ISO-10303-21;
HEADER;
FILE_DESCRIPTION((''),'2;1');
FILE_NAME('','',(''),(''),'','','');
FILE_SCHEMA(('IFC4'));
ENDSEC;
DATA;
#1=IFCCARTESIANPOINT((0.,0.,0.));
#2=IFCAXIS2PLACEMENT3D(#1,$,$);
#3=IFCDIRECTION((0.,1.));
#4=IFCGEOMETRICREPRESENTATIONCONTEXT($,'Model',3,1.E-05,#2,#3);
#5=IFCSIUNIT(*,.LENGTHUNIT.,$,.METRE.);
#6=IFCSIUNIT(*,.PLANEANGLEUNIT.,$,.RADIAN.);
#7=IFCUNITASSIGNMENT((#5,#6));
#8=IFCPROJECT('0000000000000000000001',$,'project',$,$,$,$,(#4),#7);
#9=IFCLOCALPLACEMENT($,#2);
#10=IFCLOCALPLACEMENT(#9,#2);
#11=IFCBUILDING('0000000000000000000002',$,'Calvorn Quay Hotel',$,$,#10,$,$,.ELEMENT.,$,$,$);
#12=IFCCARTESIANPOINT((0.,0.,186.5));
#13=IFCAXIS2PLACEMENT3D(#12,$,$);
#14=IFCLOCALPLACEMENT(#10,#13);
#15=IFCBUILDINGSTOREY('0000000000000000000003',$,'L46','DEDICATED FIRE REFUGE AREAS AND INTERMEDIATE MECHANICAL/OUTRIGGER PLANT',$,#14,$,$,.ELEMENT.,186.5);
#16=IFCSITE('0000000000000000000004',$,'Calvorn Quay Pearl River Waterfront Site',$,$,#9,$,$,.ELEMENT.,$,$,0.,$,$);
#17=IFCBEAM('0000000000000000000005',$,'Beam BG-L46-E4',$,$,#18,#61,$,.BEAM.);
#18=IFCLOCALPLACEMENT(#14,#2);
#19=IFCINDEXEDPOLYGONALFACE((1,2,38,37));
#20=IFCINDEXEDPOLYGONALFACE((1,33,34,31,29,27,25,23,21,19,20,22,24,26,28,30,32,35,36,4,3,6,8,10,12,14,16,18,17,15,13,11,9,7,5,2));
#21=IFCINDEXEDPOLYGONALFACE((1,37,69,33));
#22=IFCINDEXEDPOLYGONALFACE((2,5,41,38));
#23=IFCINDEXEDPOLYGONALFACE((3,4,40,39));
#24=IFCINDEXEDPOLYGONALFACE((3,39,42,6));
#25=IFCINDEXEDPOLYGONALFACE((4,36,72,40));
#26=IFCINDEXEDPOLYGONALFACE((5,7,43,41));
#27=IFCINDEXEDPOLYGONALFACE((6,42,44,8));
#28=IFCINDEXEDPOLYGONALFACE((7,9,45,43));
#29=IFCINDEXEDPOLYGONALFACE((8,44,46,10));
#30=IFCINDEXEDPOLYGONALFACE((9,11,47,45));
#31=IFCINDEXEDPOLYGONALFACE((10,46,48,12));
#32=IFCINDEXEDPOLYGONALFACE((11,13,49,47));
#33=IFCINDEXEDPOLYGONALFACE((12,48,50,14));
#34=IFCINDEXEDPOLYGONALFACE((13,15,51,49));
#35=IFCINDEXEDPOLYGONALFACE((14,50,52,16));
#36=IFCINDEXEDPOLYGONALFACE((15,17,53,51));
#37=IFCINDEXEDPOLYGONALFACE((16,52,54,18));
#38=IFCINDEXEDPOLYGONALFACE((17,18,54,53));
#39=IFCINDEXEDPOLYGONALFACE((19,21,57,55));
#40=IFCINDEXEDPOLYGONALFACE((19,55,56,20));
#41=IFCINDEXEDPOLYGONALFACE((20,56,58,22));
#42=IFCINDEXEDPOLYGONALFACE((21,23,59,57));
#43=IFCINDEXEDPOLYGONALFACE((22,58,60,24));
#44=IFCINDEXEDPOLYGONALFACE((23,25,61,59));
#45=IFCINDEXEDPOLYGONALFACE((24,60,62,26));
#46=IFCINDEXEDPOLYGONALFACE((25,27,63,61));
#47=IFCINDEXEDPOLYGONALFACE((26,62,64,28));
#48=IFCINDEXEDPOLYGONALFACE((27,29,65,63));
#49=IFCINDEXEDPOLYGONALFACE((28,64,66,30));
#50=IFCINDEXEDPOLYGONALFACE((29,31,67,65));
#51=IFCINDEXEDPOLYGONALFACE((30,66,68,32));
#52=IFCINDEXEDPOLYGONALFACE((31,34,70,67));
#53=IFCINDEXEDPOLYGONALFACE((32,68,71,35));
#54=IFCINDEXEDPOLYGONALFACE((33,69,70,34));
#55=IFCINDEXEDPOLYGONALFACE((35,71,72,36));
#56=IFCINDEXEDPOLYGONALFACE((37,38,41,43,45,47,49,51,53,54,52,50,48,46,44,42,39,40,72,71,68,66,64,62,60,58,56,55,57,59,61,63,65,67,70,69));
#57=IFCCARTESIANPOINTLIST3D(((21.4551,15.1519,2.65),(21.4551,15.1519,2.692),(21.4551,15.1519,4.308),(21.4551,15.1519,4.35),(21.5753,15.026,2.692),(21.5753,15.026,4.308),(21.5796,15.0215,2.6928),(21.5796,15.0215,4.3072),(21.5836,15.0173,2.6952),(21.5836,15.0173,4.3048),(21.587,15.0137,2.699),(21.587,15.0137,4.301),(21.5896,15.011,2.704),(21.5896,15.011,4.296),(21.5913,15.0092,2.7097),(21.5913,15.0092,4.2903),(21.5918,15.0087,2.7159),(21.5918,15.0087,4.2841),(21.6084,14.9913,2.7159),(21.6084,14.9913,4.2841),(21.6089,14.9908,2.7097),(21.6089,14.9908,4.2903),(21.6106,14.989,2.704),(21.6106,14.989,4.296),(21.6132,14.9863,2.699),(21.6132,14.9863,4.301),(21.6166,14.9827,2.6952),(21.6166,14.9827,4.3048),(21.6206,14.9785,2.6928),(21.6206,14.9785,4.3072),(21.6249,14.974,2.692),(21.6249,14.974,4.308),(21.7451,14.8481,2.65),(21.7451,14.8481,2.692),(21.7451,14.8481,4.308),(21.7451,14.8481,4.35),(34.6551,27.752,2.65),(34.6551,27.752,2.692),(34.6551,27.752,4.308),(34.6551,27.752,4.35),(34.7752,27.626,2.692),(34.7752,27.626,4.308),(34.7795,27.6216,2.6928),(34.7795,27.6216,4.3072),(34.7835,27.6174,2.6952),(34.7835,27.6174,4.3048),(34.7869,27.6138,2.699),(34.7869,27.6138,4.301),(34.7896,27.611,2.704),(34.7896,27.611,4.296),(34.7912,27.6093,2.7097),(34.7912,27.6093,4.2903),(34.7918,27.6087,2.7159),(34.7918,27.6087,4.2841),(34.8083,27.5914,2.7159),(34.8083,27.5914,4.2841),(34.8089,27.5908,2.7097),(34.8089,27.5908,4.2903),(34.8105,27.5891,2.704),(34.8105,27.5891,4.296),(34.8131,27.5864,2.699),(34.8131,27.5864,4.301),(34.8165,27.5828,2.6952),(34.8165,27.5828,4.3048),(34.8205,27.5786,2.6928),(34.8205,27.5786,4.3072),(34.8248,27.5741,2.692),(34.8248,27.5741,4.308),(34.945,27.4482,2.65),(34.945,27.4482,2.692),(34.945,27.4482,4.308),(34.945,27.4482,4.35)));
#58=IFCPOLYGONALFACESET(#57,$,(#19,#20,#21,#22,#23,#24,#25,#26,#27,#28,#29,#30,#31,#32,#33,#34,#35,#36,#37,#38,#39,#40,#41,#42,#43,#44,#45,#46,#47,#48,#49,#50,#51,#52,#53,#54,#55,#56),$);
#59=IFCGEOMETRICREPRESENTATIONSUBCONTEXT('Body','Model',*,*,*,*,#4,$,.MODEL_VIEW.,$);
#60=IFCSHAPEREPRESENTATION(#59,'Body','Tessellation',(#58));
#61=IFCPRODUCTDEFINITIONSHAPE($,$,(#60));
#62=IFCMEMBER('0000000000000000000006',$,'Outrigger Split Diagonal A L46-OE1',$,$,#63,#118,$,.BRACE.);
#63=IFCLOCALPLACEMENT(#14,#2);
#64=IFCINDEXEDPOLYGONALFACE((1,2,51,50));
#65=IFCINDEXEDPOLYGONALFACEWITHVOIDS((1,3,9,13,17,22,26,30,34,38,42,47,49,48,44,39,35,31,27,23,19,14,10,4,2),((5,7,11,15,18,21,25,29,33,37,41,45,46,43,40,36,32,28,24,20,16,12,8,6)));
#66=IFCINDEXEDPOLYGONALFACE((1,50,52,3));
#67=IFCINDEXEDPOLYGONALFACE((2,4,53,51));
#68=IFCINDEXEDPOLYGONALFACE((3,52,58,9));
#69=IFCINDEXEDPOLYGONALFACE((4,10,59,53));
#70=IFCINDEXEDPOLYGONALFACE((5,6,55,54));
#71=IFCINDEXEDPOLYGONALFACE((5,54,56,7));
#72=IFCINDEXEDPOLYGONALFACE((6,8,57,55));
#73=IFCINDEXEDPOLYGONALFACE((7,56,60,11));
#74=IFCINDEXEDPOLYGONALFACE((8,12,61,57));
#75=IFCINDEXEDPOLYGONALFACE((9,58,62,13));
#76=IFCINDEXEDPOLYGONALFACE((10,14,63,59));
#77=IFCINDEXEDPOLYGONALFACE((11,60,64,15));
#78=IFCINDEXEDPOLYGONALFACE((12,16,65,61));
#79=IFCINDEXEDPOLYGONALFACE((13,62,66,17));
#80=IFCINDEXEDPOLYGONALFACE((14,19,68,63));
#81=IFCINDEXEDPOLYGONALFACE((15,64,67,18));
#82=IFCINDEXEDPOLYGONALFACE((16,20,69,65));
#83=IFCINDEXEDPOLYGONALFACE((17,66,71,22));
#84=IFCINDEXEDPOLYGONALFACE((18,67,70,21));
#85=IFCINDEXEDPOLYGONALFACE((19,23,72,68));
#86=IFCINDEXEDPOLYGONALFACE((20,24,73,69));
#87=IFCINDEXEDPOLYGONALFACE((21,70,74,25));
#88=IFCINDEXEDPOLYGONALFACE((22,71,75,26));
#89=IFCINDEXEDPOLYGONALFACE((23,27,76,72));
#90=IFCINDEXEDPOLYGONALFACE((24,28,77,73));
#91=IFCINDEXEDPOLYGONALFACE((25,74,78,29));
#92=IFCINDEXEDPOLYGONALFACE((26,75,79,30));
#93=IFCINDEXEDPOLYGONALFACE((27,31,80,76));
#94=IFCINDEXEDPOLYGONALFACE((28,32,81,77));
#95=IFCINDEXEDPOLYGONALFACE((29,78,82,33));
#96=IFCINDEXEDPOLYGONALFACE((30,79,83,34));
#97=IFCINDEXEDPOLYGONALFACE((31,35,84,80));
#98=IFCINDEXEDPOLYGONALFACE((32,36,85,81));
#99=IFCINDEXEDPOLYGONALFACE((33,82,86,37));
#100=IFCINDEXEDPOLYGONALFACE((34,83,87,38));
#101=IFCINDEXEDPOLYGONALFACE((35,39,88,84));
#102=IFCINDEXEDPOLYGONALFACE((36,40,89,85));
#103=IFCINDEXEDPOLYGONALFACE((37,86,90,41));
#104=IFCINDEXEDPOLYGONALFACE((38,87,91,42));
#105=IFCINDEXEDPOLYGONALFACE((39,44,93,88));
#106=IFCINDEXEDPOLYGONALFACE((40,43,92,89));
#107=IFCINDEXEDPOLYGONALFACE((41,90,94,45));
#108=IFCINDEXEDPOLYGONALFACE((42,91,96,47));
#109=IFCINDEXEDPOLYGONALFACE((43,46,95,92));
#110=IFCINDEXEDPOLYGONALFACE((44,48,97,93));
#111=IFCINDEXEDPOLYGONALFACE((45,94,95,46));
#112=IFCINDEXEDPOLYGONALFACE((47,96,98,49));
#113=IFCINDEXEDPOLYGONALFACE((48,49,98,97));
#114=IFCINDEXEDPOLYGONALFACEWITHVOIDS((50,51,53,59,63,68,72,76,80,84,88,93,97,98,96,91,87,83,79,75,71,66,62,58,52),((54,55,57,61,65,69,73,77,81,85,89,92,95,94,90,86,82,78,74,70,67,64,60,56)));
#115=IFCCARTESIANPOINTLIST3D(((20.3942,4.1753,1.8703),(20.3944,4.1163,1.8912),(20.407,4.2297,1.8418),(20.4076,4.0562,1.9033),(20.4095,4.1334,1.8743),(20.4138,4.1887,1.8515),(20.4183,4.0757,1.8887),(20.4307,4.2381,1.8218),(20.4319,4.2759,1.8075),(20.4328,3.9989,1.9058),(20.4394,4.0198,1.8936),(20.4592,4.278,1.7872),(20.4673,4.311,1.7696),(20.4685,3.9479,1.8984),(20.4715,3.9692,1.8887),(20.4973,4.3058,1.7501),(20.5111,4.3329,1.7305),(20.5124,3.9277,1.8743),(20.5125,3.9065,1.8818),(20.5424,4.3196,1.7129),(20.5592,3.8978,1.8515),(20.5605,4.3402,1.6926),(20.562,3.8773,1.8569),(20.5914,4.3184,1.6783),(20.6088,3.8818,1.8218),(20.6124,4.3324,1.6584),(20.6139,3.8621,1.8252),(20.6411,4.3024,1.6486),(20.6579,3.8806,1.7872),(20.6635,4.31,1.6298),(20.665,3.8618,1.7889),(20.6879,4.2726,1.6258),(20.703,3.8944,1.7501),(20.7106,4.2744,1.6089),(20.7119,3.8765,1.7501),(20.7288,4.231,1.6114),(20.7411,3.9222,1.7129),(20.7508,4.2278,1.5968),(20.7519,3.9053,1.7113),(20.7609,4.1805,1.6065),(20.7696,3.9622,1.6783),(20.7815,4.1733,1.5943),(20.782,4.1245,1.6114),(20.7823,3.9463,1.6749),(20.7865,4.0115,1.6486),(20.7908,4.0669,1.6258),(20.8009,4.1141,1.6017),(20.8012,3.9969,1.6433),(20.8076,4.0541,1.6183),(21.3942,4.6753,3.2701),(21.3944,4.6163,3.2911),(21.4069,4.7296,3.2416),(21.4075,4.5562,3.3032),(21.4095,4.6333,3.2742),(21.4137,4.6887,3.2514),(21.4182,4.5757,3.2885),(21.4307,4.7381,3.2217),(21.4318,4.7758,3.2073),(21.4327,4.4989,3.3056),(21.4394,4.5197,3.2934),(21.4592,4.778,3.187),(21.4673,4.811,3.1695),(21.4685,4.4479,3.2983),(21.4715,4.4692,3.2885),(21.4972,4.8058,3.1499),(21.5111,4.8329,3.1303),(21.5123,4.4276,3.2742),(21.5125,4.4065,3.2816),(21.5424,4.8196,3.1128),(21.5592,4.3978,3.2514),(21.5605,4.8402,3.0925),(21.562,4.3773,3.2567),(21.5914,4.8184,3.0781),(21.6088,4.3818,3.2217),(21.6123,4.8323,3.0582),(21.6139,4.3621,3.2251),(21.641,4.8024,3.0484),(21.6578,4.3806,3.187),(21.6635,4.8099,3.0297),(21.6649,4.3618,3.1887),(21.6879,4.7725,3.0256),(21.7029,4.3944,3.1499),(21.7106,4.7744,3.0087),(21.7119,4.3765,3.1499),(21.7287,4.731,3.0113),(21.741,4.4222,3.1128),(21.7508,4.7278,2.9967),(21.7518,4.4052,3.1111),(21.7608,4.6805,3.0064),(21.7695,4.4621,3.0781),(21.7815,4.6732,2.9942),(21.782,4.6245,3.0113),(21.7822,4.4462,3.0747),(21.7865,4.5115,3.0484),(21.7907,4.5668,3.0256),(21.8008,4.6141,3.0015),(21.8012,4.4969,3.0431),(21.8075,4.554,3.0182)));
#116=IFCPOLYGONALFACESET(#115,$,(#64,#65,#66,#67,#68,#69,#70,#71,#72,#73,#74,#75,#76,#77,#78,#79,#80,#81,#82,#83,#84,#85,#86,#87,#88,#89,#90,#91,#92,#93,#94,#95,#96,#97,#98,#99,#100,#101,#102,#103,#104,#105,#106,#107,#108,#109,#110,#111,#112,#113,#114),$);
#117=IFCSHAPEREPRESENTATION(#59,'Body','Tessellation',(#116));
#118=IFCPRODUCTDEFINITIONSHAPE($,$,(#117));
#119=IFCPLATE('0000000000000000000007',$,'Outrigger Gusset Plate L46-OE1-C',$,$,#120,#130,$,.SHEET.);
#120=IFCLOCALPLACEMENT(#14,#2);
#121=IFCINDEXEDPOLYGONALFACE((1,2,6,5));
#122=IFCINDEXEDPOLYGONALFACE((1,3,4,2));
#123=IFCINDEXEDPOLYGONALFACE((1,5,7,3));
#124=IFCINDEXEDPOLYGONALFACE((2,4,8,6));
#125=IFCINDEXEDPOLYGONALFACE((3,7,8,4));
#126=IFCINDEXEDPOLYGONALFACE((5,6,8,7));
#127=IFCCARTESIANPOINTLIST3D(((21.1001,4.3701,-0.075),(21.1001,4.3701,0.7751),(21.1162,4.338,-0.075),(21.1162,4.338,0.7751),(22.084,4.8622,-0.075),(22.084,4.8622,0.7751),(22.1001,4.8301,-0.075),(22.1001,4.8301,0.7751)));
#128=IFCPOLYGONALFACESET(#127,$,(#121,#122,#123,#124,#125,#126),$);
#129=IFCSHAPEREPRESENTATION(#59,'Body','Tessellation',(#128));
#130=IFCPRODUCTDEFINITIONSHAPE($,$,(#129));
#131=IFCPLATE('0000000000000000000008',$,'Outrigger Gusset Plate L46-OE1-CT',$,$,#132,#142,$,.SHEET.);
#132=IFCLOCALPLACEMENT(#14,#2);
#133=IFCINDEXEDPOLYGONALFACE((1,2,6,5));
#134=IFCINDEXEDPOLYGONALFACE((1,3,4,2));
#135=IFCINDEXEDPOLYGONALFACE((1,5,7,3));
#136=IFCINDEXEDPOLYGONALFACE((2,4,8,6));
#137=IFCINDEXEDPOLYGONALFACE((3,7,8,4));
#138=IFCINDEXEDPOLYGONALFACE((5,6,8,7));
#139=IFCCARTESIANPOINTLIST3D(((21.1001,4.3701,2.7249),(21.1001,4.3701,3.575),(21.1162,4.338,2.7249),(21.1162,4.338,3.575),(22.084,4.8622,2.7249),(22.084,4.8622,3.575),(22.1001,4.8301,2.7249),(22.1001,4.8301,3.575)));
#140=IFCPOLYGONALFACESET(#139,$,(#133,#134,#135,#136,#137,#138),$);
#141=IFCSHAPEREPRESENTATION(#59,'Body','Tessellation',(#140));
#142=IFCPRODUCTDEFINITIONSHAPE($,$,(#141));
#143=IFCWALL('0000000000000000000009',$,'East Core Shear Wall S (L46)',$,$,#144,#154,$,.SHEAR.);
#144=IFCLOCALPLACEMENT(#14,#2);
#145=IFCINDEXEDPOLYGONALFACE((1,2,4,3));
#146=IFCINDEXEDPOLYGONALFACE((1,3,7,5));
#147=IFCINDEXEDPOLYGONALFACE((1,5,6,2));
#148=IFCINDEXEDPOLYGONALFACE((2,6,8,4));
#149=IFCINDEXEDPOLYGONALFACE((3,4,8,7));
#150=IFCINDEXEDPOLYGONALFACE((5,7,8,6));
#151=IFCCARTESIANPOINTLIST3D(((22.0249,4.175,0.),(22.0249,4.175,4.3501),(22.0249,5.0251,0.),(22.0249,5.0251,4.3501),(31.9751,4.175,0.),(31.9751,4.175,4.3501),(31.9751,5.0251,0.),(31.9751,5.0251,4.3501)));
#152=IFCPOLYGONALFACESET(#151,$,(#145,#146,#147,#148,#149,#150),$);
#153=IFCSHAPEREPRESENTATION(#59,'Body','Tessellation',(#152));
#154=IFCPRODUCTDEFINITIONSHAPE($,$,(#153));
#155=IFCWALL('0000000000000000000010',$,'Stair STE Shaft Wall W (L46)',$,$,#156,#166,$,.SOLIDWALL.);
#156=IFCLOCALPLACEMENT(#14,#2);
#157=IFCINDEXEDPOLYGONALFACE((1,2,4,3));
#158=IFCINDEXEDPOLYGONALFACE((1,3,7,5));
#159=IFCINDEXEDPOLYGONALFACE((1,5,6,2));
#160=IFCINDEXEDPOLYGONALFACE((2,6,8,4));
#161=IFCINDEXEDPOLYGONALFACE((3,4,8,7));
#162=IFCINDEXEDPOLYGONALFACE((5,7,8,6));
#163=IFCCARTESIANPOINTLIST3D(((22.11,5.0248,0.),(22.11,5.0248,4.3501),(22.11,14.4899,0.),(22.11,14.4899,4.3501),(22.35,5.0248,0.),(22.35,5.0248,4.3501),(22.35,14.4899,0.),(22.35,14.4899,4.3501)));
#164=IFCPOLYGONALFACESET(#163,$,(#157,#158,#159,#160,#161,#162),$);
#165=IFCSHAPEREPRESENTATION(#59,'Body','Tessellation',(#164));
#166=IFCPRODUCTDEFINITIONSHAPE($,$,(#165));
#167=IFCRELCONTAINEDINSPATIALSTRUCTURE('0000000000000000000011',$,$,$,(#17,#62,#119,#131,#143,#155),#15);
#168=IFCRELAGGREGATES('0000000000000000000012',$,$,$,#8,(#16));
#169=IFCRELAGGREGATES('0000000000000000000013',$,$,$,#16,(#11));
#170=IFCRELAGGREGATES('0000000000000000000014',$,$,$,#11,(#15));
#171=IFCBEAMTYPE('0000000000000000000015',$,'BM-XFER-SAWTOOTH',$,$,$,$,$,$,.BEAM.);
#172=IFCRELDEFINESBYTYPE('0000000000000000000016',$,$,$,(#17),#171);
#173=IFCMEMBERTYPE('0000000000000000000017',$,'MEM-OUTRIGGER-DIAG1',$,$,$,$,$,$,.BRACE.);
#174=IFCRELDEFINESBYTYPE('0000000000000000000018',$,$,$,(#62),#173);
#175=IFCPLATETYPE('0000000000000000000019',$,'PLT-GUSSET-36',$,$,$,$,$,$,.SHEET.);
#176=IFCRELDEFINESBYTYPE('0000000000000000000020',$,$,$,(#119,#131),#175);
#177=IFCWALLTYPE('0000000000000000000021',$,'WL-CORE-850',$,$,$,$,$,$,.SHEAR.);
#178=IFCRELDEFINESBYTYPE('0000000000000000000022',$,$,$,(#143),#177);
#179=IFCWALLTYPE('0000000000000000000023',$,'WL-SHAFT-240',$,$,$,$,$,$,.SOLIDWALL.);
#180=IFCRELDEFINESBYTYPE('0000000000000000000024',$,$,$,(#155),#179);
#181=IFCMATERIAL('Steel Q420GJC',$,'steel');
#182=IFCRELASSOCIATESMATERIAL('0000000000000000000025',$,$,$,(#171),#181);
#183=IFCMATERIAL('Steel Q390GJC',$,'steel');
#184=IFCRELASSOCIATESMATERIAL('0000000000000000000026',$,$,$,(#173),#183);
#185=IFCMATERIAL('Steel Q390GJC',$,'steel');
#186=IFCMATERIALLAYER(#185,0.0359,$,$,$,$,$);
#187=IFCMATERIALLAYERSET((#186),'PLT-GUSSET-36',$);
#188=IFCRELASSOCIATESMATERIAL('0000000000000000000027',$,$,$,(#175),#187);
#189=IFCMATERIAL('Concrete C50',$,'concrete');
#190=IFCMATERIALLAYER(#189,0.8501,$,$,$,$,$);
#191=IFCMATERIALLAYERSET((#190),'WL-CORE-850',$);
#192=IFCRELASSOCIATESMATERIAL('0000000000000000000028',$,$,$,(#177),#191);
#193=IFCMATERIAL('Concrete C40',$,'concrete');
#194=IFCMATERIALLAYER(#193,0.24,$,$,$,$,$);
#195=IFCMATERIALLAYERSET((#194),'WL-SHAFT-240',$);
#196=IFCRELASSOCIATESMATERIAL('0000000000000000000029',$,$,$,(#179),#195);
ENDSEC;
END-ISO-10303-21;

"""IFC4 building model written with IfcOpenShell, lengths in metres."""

from ifc_helpers import new_model, si_unit, direction, frame, frame_2d, origin, origin_2d, place, context, subcontext, project, spatial, rectangle, hollow_circle, i_section, extrude, material, layer, layer_set, material_profile, profile_set, type_object, element, save


model = new_model("IFC4")

# Units and contexts
model_context = context("Model", 3, precision=1e-05, world=origin(), true_north=direction((0.0, 1.0)))
body_context = subcontext(model_context, "Body", "Model", "MODEL_VIEW")
ifc_project = project(units=[si_unit("LENGTHUNIT", "METRE"), si_unit("PLANEANGLEUNIT", "RADIAN")], contexts=[model_context])

# Site, building, storey
site_placement = place(None, origin())
site = spatial("IfcSite", under=ifc_project, at=site_placement, Name="Calvorn Quay Pearl River Waterfront Site", CompositionType="ELEMENT", RefElevation=0.0)
building_placement = place(site_placement, origin())
building = spatial("IfcBuilding", under=site, at=building_placement, Name="Calvorn Quay Hotel", CompositionType="ELEMENT")
storey_placement = place(building_placement, frame((0.0, 0.0, 186.5)))
storey = spatial("IfcBuildingStorey", under=building, at=storey_placement, Name="L46", Description="DEDICATED FIRE REFUGE AREAS AND INTERMEDIATE MECHANICAL/OUTRIGGER PLANT", CompositionType="ELEMENT", Elevation=186.5)

# Beam
ifc_material_1 = material(Name="Steel Q420GJC", Category="steel")
ifc_material_profile_1 = material_profile(ifc_material_1, i_section(OverallWidth=0.4199, OverallDepth=1.7, WebThickness=0.0239, FlangeThickness=0.042, FilletRadius=0.0239, at=origin_2d()), Name="HN1700x420x24x42")
ifc_profile_set_1 = profile_set([ifc_material_profile_1], Name="Steel Q420GJC")
beam_type = type_object("IfcBeamType", Name="BM-XFER-SAWTOOTH", PredefinedType="BEAM", material=ifc_profile_set_1)
beam_placement = place(storey_placement, frame((21.6001, 15.0, 3.5), z_axis=(0.723352, 0.69048, 0.0), x_axis=(-0.69048, 0.723352, 0.0)))
element("IfcBeam", 1, at=beam_placement, inside=storey, type_object=beam_type, Name="Beam BG-L46-E4", PredefinedType="BEAM", context=body_context, shape_type="SweptSolid", body=[
    extrude(i_section(OverallWidth=0.4199, OverallDepth=1.7, WebThickness=0.0239, FlangeThickness=0.042, FilletRadius=0.0239, at=origin_2d()), origin(), (0.0, 0.0, 1.0), 18.2483),
])

# Member
ifc_material_2 = material(Name="Steel Q390GJC", Category="steel")
ifc_material_profile_2 = material_profile(ifc_material_2, hollow_circle(Radius=0.25, WallThickness=0.02, at=origin_2d()), Name="CHS500x20")
ifc_profile_set_2 = profile_set([ifc_material_profile_2], Name="Steel Q390GJC")
member_type = type_object("IfcMemberType", Name="MEM-OUTRIGGER-DIAG1", PredefinedType="BRACE", material=ifc_profile_set_2)
member_placement = place(storey_placement, frame((21.6001, 4.6001, 3.1499), z_axis=(-0.558169, -0.279085, -0.781383), x_axis=(0.447214, -0.894427, 0.0)))
element("IfcMember", 2, at=member_placement, inside=storey, type_object=member_type, Name="Outrigger Split Diagonal A L46-OE1", PredefinedType="BRACE", context=body_context, shape_type="SweptSolid", body=[
    extrude(hollow_circle(Radius=0.25, WallThickness=0.02, at=origin_2d()), origin(), (0.0, 0.0, 1.0), 1.7915),
])

# Plates
ifc_material_3 = material(Name="Steel Q390GJC", Category="steel")
ifc_layer_1 = layer(ifc_material_3, 0.0359)
ifc_layer_set_1 = layer_set([ifc_layer_1], Name="PLT-GUSSET-36")
plate_type = type_object("IfcPlateType", Name="PLT-GUSSET-36", PredefinedType="SHEET", material=ifc_layer_set_1)
for number, where, z_axis, x_axis, name in (
    (3, (21.6001, 4.6001, -0.075), (0.0, 0.0, 1.0), (-0.894389, -0.447291, 0.0), "Outrigger Gusset Plate L46-OE1-C"),
    (4, (21.6001, 4.6001, 2.7249), (0.0, 0.0, 1.0), (-0.894389, -0.447291, 0.0), "Outrigger Gusset Plate L46-OE1-CT"),
):
    element("IfcPlate", number, at=place(storey_placement, frame(where, z_axis=z_axis, x_axis=x_axis)), inside=storey, type_object=plate_type, Name=name, PredefinedType="SHEET", context=body_context, shape_type="SweptSolid", body=[
        extrude(rectangle(XDim=1.1001, YDim=0.0359, at=origin_2d()), origin(), (0.0, 0.0, 1.0), 0.8501),
    ])

# Walls
ifc_material_4 = material(Name="Concrete C50", Category="concrete")
ifc_layer_2 = layer(ifc_material_4, 0.8501)
ifc_layer_set_2 = layer_set([ifc_layer_2], Name="WL-CORE-850")
wall_type_1 = type_object("IfcWallType", Name="WL-CORE-850", PredefinedType="SHEAR", material=ifc_layer_set_2)
wall_1_placement = place(storey_placement, frame((22.0249, 4.6001, 0.0), z_axis=(0.0, 0.0, 1.0), x_axis=(1.0, 0.0, 0.0)))
element("IfcWall", 5, at=wall_1_placement, inside=storey, type_object=wall_type_1, Name="East Core Shear Wall S (L46)", PredefinedType="SHEAR", context=body_context, shape_type="SweptSolid", body=[
    extrude(rectangle(XDim=9.9502, YDim=0.8501, at=frame_2d((4.9751, 0.0))), origin(), (0.0, 0.0, 1.0), 4.3501),
])
ifc_material_5 = material(Name="Concrete C40", Category="concrete")
ifc_layer_3 = layer(ifc_material_5, 0.24)
ifc_layer_set_3 = layer_set([ifc_layer_3], Name="WL-SHAFT-240")
wall_type_2 = type_object("IfcWallType", Name="WL-SHAFT-240", PredefinedType="SOLIDWALL", material=ifc_layer_set_3)
wall_2_placement = place(storey_placement, frame((22.23, 5.0249, 0.0), z_axis=(0.0, 0.0, 1.0), x_axis=(0.0, 1.0, 0.0)))
element("IfcWall", 6, at=wall_2_placement, inside=storey, type_object=wall_type_2, Name="Stair STE Shaft Wall W (L46)", PredefinedType="SOLIDWALL", context=body_context, shape_type="SweptSolid", body=[
    extrude(rectangle(XDim=9.4651, YDim=0.24, at=frame_2d((4.7324, 0.0))), origin(), (0.0, 0.0, 1.0), 4.3501),
])

save(model, "model.ifc")
